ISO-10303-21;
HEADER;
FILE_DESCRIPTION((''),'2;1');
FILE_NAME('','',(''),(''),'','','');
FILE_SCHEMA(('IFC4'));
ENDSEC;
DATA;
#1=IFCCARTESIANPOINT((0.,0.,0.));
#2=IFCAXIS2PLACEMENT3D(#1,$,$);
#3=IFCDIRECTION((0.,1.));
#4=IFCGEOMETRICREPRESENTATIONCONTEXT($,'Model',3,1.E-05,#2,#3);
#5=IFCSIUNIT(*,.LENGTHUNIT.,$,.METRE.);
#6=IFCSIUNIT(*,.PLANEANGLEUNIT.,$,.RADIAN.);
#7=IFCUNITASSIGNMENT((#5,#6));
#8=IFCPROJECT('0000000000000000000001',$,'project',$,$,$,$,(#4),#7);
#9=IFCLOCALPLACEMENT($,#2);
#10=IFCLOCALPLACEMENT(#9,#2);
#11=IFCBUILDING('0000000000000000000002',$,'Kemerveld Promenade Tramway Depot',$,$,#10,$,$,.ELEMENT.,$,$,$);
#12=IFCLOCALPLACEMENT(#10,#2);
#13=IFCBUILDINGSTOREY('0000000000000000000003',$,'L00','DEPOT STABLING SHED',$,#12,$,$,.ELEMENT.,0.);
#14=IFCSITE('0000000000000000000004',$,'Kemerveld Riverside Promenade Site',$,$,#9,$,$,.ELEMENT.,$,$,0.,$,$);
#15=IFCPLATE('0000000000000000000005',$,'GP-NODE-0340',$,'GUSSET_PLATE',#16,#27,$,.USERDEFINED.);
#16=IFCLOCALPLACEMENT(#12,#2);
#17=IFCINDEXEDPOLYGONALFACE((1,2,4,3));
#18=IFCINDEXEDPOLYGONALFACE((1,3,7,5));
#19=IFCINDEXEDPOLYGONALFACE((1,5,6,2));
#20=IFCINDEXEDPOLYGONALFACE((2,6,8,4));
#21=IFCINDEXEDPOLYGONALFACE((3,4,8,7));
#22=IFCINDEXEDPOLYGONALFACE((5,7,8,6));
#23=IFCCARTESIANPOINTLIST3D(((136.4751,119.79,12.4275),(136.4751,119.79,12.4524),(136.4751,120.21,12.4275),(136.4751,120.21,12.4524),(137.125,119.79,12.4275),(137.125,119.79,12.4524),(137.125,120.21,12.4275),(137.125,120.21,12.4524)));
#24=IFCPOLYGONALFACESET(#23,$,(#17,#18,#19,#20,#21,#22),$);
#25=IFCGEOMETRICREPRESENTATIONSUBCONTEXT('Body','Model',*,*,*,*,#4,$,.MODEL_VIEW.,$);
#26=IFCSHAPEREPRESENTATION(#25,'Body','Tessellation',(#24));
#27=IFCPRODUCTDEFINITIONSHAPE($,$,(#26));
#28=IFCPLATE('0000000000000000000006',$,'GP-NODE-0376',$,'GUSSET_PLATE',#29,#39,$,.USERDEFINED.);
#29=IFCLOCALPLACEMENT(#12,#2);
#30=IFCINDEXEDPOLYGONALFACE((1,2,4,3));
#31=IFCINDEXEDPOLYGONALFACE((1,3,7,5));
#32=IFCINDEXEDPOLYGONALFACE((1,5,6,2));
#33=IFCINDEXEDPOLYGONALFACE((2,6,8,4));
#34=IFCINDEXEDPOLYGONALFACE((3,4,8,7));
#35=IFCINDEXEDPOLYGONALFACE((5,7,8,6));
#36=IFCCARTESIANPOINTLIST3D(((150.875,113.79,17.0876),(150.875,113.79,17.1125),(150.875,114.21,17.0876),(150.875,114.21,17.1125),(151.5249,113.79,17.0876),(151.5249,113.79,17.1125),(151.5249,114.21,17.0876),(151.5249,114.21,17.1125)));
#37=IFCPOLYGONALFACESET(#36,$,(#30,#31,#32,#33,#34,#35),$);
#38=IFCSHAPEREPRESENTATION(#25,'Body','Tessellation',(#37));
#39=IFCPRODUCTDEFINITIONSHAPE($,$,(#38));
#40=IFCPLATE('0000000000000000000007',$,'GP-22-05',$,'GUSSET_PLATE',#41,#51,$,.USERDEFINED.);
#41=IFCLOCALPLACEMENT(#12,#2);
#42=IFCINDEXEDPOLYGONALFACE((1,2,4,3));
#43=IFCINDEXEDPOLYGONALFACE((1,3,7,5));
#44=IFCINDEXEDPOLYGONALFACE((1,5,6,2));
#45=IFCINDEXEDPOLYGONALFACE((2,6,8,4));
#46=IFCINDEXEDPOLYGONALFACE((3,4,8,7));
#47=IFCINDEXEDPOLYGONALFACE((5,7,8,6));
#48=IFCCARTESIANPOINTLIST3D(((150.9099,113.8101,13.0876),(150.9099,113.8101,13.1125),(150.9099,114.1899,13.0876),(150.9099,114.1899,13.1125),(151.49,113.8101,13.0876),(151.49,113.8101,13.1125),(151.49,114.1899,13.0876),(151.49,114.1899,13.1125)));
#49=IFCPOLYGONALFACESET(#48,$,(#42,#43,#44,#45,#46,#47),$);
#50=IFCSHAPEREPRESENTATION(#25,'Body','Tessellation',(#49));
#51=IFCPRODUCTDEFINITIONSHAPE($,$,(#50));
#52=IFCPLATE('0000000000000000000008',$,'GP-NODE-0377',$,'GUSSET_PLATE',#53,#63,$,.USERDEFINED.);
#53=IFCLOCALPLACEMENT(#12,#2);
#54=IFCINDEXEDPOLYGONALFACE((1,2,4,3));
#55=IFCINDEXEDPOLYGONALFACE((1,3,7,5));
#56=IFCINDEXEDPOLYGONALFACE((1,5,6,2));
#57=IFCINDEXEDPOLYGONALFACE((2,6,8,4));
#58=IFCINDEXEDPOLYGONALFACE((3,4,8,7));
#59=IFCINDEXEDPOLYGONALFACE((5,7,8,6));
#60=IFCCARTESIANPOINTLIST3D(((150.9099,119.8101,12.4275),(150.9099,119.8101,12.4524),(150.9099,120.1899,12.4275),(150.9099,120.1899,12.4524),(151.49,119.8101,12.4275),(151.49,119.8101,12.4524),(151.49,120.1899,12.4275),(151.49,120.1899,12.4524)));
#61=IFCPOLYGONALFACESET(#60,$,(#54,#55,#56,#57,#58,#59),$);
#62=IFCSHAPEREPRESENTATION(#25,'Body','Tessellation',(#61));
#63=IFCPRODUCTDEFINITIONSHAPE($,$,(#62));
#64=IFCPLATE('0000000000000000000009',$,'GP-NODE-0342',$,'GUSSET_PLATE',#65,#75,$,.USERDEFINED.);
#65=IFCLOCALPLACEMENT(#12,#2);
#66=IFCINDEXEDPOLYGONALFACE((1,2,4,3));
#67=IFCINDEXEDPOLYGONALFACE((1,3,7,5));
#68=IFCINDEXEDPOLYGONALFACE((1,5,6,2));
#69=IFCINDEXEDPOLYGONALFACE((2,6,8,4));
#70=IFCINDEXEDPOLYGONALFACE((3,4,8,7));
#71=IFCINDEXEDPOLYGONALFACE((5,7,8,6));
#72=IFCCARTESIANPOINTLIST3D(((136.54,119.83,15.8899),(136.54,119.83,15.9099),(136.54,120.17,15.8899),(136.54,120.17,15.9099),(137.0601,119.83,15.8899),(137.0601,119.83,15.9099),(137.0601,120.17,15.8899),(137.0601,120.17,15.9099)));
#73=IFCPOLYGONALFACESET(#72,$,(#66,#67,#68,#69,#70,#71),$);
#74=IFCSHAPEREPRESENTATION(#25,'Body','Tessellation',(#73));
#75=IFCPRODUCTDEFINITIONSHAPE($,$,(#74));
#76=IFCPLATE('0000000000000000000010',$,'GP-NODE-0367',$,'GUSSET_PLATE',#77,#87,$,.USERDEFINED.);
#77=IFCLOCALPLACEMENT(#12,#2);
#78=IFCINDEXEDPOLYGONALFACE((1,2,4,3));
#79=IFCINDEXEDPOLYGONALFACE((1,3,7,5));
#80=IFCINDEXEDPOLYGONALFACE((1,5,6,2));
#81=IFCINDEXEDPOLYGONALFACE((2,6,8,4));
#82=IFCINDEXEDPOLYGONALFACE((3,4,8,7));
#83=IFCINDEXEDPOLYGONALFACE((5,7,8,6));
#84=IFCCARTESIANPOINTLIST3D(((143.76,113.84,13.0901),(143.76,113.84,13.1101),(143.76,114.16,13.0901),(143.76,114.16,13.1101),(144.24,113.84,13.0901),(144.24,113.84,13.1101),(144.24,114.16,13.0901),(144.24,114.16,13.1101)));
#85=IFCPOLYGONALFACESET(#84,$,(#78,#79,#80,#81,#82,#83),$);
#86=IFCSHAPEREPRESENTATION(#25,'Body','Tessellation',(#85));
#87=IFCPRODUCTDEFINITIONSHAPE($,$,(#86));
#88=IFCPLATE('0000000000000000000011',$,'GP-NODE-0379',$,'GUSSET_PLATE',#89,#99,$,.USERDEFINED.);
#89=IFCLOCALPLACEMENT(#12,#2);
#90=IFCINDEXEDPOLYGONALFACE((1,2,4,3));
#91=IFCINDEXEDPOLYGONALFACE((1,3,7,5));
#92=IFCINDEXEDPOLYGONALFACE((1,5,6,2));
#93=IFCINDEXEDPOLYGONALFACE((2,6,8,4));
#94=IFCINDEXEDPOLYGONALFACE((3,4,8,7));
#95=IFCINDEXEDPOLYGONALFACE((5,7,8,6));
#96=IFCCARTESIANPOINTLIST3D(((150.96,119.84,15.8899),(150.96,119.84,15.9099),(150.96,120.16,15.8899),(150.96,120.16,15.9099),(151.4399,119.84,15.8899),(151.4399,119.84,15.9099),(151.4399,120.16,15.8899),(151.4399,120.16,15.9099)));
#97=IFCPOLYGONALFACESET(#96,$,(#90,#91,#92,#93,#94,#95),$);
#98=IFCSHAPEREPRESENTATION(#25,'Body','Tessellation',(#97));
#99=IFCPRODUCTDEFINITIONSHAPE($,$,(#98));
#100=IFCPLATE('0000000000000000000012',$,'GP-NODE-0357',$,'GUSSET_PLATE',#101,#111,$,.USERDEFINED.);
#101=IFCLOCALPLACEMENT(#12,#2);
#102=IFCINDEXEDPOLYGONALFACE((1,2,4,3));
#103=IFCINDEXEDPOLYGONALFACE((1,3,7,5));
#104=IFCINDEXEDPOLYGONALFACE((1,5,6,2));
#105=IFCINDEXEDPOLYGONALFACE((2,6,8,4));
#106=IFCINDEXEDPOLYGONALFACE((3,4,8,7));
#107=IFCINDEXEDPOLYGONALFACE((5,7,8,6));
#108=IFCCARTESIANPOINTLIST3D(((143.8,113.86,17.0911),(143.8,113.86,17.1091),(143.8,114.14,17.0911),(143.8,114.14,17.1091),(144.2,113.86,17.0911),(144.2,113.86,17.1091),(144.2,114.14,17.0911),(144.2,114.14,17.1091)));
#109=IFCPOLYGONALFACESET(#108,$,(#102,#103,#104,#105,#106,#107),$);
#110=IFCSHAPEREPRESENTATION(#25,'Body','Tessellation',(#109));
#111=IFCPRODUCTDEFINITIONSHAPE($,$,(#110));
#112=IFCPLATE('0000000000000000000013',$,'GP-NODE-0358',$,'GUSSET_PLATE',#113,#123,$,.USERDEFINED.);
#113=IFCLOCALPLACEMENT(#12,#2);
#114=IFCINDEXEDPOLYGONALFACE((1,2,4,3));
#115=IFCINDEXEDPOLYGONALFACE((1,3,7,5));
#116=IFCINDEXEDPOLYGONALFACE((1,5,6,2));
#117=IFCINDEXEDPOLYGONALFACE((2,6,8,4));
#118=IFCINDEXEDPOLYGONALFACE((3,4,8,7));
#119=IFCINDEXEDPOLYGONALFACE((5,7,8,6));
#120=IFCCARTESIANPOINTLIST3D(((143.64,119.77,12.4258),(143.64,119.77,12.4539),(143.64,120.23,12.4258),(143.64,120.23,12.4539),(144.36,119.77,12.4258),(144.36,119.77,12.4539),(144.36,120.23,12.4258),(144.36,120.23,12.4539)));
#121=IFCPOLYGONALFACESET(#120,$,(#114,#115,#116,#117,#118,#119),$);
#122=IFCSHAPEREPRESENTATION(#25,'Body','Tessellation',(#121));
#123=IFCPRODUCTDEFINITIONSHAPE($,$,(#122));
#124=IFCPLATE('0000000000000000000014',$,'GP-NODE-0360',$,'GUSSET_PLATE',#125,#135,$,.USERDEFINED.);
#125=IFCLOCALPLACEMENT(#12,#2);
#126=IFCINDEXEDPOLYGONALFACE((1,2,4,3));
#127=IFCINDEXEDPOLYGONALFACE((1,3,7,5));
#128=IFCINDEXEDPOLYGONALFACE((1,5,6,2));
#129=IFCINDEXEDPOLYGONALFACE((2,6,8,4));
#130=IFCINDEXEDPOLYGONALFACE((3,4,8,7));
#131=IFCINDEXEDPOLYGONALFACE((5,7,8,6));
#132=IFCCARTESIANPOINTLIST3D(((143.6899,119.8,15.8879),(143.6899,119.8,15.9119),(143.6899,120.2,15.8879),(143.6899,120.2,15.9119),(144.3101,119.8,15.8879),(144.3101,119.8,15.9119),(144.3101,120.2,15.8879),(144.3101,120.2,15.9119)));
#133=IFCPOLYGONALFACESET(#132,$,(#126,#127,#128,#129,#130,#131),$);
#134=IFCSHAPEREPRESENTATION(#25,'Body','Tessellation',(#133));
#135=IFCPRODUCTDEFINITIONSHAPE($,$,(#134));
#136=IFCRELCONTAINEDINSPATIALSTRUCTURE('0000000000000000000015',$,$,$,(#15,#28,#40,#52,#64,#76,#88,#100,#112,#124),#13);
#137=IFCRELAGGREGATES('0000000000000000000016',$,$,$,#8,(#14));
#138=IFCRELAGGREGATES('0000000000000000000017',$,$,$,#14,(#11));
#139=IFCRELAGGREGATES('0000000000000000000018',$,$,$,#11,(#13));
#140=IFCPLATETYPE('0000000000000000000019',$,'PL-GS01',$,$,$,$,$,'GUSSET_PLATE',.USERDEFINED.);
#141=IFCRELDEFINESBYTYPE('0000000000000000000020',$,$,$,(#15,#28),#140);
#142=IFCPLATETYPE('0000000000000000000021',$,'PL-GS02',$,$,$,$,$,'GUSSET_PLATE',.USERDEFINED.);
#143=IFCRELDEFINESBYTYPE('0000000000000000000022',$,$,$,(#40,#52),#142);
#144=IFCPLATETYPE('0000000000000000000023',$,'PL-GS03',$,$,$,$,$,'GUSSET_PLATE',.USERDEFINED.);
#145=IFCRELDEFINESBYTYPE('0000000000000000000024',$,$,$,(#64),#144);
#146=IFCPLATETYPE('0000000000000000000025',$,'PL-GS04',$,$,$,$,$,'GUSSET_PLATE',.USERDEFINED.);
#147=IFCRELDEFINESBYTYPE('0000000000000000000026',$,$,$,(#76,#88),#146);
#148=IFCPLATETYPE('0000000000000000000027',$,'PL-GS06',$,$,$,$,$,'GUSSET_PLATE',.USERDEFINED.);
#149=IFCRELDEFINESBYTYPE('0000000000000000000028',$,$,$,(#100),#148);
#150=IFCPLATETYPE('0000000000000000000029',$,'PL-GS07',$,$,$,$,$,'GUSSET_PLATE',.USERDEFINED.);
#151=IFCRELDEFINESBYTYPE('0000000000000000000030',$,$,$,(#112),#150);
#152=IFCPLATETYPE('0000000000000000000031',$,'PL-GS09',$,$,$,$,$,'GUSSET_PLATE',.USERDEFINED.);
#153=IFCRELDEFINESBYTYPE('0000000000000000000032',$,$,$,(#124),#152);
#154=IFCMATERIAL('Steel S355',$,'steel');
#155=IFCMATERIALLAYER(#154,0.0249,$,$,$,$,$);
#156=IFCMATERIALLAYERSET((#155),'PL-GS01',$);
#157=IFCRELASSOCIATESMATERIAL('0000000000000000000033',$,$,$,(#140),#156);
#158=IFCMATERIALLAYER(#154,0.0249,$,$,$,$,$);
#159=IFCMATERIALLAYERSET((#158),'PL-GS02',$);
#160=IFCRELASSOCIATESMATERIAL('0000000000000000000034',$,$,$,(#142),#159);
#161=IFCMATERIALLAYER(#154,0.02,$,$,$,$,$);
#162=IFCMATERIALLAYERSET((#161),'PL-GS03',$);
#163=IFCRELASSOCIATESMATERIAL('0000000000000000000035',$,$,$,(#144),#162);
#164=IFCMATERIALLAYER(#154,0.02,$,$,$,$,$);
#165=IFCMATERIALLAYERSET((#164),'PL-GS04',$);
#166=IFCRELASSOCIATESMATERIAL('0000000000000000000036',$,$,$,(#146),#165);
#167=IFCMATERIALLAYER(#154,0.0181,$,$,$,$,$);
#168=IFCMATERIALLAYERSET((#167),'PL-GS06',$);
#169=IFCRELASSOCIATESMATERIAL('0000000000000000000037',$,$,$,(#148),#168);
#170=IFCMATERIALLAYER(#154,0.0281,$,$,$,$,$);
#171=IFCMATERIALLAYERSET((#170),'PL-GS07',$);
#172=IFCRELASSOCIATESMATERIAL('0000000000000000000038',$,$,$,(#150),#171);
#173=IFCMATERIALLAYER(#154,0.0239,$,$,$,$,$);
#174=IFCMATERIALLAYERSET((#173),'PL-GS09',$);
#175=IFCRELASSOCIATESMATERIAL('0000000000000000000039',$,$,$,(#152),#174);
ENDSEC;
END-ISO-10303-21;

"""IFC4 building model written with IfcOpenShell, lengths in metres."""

from ifc_helpers import new_model, si_unit, direction, frame, origin, origin_2d, place, context, subcontext, project, spatial, rectangle, extrude, material, layer, layer_set, type_object, element, save


model = new_model("IFC4")

# Units and contexts
model_context = context("Model", 3, precision=1e-05, world=origin(), true_north=direction((0.0, 1.0)))
body_context = subcontext(model_context, "Body", "Model", "MODEL_VIEW")
ifc_project = project(units=[si_unit("LENGTHUNIT", "METRE"), si_unit("PLANEANGLEUNIT", "RADIAN")], contexts=[model_context])

# Site, building, storey
site_placement = place(None, origin())
site = spatial("IfcSite", under=ifc_project, at=site_placement, Name="Kemerveld Riverside Promenade Site", CompositionType="ELEMENT", RefElevation=0.0)
building_placement = place(site_placement, origin())
building = spatial("IfcBuilding", under=site, at=building_placement, Name="Kemerveld Promenade Tramway Depot", CompositionType="ELEMENT")
storey_placement = place(building_placement, origin())
storey = spatial("IfcBuildingStorey", under=building, at=storey_placement, Name="L00", Description="DEPOT STABLING SHED", CompositionType="ELEMENT", Elevation=0.0)

# Shared definitions
ifc_material_1 = material(Name="Steel S355", Category="steel")

# Plates
ifc_layer_1 = layer(ifc_material_1, 0.0249)
ifc_layer_set_1 = layer_set([ifc_layer_1], Name="PL-GS01")
plate_type_1 = type_object("IfcPlateType", Name="PL-GS01", ElementType="GUSSET_PLATE", PredefinedType="USERDEFINED", material=ifc_layer_set_1)
for number, where, z_axis, x_axis, name in (
    (1, (136.8, 120.0, 12.4275), (0.0, 0.0, 1.0), (1.0, 0.0, 0.0), "GP-NODE-0340"),
    (2, (151.2, 114.0, 17.0876), (0.0, 0.0, 1.0), (1.0, 0.0, 0.0), "GP-NODE-0376"),
):
    element("IfcPlate", number, at=place(storey_placement, frame(where, z_axis=z_axis, x_axis=x_axis)), inside=storey, type_object=plate_type_1, Name=name, ObjectType="GUSSET_PLATE", PredefinedType="USERDEFINED", context=body_context, shape_type="SweptSolid", body=[
        extrude(rectangle(XDim=0.6499, YDim=0.4199, at=origin_2d()), origin(), (0.0, 0.0, 1.0), 0.0249),
    ])
ifc_layer_2 = layer(ifc_material_1, 0.0249)
ifc_layer_set_2 = layer_set([ifc_layer_2], Name="PL-GS02")
plate_type_2 = type_object("IfcPlateType", Name="PL-GS02", ElementType="GUSSET_PLATE", PredefinedType="USERDEFINED", material=ifc_layer_set_2)
for number, where, z_axis, x_axis, name in (
    (3, (151.2, 114.0, 13.0876), (0.0, 0.0, 1.0), (1.0, 0.0, 0.0), "GP-22-05"),
    (4, (151.2, 120.0, 12.4275), (0.0, 0.0, 1.0), (1.0, 0.0, 0.0), "GP-NODE-0377"),
):
    element("IfcPlate", number, at=place(storey_placement, frame(where, z_axis=z_axis, x_axis=x_axis)), inside=storey, type_object=plate_type_2, Name=name, ObjectType="GUSSET_PLATE", PredefinedType="USERDEFINED", context=body_context, shape_type="SweptSolid", body=[
        extrude(rectangle(XDim=0.5801, YDim=0.3799, at=origin_2d()), origin(), (0.0, 0.0, 1.0), 0.0249),
    ])
ifc_layer_3 = layer(ifc_material_1, 0.02)
ifc_layer_set_3 = layer_set([ifc_layer_3], Name="PL-GS03")
plate_type_3 = type_object("IfcPlateType", Name="PL-GS03", ElementType="GUSSET_PLATE", PredefinedType="USERDEFINED", material=ifc_layer_set_3)
plate_1_placement = place(storey_placement, frame((136.8, 120.0, 15.8899), z_axis=(0.0, 0.0, 1.0), x_axis=(1.0, 0.0, 0.0)))
element("IfcPlate", 5, at=plate_1_placement, inside=storey, type_object=plate_type_3, Name="GP-NODE-0342", ObjectType="GUSSET_PLATE", PredefinedType="USERDEFINED", context=body_context, shape_type="SweptSolid", body=[
    extrude(rectangle(XDim=0.52, YDim=0.3401, at=origin_2d()), origin(), (0.0, 0.0, 1.0), 0.02),
])
ifc_layer_4 = layer(ifc_material_1, 0.02)
ifc_layer_set_4 = layer_set([ifc_layer_4], Name="PL-GS04")
plate_type_4 = type_object("IfcPlateType", Name="PL-GS04", ElementType="GUSSET_PLATE", PredefinedType="USERDEFINED", material=ifc_layer_set_4)
for number, where, z_axis, x_axis, name in (
    (6, (144.0, 114.0, 13.0901), (0.0, 0.0, 1.0), (1.0, 0.0, 0.0), "GP-NODE-0367"),
    (7, (151.2, 120.0, 15.8899), (0.0, 0.0, 1.0), (1.0, 0.0, 0.0), "GP-NODE-0379"),
):
    element("IfcPlate", number, at=place(storey_placement, frame(where, z_axis=z_axis, x_axis=x_axis)), inside=storey, type_object=plate_type_4, Name=name, ObjectType="GUSSET_PLATE", PredefinedType="USERDEFINED", context=body_context, shape_type="SweptSolid", body=[
        extrude(rectangle(XDim=0.48, YDim=0.3201, at=origin_2d()), origin(), (0.0, 0.0, 1.0), 0.02),
    ])
ifc_layer_5 = layer(ifc_material_1, 0.0181)
ifc_layer_set_5 = layer_set([ifc_layer_5], Name="PL-GS06")
plate_type_5 = type_object("IfcPlateType", Name="PL-GS06", ElementType="GUSSET_PLATE", PredefinedType="USERDEFINED", material=ifc_layer_set_5)
plate_2_placement = place(storey_placement, frame((144.0, 114.0, 17.0911), z_axis=(0.0, 0.0, 1.0), x_axis=(1.0, 0.0, 0.0)))
element("IfcPlate", 8, at=plate_2_placement, inside=storey, type_object=plate_type_5, Name="GP-NODE-0357", ObjectType="GUSSET_PLATE", PredefinedType="USERDEFINED", context=body_context, shape_type="SweptSolid", body=[
    extrude(rectangle(XDim=0.3999, YDim=0.28, at=origin_2d()), origin(), (0.0, 0.0, 1.0), 0.0181),
])
ifc_layer_6 = layer(ifc_material_1, 0.0281)
ifc_layer_set_6 = layer_set([ifc_layer_6], Name="PL-GS07")
plate_type_6 = type_object("IfcPlateType", Name="PL-GS07", ElementType="GUSSET_PLATE", PredefinedType="USERDEFINED", material=ifc_layer_set_6)
plate_3_placement = place(storey_placement, frame((144.0, 120.0, 12.4258), z_axis=(0.0, 0.0, 1.0), x_axis=(1.0, 0.0, 0.0)))
element("IfcPlate", 9, at=plate_3_placement, inside=storey, type_object=plate_type_6, Name="GP-NODE-0358", ObjectType="GUSSET_PLATE", PredefinedType="USERDEFINED", context=body_context, shape_type="SweptSolid", body=[
    extrude(rectangle(XDim=0.72, YDim=0.46, at=origin_2d()), origin(), (0.0, 0.0, 1.0), 0.0281),
])
ifc_layer_7 = layer(ifc_material_1, 0.0239)
ifc_layer_set_7 = layer_set([ifc_layer_7], Name="PL-GS09")
plate_type_7 = type_object("IfcPlateType", Name="PL-GS09", ElementType="GUSSET_PLATE", PredefinedType="USERDEFINED", material=ifc_layer_set_7)
plate_4_placement = place(storey_placement, frame((144.0, 120.0, 15.8879), z_axis=(0.0, 0.0, 1.0), x_axis=(1.0, 0.0, 0.0)))
element("IfcPlate", 10, at=plate_4_placement, inside=storey, type_object=plate_type_7, Name="GP-NODE-0360", ObjectType="GUSSET_PLATE", PredefinedType="USERDEFINED", context=body_context, shape_type="SweptSolid", body=[
    extrude(rectangle(XDim=0.6201, YDim=0.3999, at=origin_2d()), origin(), (0.0, 0.0, 1.0), 0.0239),
])

save(model, "model.ifc")
